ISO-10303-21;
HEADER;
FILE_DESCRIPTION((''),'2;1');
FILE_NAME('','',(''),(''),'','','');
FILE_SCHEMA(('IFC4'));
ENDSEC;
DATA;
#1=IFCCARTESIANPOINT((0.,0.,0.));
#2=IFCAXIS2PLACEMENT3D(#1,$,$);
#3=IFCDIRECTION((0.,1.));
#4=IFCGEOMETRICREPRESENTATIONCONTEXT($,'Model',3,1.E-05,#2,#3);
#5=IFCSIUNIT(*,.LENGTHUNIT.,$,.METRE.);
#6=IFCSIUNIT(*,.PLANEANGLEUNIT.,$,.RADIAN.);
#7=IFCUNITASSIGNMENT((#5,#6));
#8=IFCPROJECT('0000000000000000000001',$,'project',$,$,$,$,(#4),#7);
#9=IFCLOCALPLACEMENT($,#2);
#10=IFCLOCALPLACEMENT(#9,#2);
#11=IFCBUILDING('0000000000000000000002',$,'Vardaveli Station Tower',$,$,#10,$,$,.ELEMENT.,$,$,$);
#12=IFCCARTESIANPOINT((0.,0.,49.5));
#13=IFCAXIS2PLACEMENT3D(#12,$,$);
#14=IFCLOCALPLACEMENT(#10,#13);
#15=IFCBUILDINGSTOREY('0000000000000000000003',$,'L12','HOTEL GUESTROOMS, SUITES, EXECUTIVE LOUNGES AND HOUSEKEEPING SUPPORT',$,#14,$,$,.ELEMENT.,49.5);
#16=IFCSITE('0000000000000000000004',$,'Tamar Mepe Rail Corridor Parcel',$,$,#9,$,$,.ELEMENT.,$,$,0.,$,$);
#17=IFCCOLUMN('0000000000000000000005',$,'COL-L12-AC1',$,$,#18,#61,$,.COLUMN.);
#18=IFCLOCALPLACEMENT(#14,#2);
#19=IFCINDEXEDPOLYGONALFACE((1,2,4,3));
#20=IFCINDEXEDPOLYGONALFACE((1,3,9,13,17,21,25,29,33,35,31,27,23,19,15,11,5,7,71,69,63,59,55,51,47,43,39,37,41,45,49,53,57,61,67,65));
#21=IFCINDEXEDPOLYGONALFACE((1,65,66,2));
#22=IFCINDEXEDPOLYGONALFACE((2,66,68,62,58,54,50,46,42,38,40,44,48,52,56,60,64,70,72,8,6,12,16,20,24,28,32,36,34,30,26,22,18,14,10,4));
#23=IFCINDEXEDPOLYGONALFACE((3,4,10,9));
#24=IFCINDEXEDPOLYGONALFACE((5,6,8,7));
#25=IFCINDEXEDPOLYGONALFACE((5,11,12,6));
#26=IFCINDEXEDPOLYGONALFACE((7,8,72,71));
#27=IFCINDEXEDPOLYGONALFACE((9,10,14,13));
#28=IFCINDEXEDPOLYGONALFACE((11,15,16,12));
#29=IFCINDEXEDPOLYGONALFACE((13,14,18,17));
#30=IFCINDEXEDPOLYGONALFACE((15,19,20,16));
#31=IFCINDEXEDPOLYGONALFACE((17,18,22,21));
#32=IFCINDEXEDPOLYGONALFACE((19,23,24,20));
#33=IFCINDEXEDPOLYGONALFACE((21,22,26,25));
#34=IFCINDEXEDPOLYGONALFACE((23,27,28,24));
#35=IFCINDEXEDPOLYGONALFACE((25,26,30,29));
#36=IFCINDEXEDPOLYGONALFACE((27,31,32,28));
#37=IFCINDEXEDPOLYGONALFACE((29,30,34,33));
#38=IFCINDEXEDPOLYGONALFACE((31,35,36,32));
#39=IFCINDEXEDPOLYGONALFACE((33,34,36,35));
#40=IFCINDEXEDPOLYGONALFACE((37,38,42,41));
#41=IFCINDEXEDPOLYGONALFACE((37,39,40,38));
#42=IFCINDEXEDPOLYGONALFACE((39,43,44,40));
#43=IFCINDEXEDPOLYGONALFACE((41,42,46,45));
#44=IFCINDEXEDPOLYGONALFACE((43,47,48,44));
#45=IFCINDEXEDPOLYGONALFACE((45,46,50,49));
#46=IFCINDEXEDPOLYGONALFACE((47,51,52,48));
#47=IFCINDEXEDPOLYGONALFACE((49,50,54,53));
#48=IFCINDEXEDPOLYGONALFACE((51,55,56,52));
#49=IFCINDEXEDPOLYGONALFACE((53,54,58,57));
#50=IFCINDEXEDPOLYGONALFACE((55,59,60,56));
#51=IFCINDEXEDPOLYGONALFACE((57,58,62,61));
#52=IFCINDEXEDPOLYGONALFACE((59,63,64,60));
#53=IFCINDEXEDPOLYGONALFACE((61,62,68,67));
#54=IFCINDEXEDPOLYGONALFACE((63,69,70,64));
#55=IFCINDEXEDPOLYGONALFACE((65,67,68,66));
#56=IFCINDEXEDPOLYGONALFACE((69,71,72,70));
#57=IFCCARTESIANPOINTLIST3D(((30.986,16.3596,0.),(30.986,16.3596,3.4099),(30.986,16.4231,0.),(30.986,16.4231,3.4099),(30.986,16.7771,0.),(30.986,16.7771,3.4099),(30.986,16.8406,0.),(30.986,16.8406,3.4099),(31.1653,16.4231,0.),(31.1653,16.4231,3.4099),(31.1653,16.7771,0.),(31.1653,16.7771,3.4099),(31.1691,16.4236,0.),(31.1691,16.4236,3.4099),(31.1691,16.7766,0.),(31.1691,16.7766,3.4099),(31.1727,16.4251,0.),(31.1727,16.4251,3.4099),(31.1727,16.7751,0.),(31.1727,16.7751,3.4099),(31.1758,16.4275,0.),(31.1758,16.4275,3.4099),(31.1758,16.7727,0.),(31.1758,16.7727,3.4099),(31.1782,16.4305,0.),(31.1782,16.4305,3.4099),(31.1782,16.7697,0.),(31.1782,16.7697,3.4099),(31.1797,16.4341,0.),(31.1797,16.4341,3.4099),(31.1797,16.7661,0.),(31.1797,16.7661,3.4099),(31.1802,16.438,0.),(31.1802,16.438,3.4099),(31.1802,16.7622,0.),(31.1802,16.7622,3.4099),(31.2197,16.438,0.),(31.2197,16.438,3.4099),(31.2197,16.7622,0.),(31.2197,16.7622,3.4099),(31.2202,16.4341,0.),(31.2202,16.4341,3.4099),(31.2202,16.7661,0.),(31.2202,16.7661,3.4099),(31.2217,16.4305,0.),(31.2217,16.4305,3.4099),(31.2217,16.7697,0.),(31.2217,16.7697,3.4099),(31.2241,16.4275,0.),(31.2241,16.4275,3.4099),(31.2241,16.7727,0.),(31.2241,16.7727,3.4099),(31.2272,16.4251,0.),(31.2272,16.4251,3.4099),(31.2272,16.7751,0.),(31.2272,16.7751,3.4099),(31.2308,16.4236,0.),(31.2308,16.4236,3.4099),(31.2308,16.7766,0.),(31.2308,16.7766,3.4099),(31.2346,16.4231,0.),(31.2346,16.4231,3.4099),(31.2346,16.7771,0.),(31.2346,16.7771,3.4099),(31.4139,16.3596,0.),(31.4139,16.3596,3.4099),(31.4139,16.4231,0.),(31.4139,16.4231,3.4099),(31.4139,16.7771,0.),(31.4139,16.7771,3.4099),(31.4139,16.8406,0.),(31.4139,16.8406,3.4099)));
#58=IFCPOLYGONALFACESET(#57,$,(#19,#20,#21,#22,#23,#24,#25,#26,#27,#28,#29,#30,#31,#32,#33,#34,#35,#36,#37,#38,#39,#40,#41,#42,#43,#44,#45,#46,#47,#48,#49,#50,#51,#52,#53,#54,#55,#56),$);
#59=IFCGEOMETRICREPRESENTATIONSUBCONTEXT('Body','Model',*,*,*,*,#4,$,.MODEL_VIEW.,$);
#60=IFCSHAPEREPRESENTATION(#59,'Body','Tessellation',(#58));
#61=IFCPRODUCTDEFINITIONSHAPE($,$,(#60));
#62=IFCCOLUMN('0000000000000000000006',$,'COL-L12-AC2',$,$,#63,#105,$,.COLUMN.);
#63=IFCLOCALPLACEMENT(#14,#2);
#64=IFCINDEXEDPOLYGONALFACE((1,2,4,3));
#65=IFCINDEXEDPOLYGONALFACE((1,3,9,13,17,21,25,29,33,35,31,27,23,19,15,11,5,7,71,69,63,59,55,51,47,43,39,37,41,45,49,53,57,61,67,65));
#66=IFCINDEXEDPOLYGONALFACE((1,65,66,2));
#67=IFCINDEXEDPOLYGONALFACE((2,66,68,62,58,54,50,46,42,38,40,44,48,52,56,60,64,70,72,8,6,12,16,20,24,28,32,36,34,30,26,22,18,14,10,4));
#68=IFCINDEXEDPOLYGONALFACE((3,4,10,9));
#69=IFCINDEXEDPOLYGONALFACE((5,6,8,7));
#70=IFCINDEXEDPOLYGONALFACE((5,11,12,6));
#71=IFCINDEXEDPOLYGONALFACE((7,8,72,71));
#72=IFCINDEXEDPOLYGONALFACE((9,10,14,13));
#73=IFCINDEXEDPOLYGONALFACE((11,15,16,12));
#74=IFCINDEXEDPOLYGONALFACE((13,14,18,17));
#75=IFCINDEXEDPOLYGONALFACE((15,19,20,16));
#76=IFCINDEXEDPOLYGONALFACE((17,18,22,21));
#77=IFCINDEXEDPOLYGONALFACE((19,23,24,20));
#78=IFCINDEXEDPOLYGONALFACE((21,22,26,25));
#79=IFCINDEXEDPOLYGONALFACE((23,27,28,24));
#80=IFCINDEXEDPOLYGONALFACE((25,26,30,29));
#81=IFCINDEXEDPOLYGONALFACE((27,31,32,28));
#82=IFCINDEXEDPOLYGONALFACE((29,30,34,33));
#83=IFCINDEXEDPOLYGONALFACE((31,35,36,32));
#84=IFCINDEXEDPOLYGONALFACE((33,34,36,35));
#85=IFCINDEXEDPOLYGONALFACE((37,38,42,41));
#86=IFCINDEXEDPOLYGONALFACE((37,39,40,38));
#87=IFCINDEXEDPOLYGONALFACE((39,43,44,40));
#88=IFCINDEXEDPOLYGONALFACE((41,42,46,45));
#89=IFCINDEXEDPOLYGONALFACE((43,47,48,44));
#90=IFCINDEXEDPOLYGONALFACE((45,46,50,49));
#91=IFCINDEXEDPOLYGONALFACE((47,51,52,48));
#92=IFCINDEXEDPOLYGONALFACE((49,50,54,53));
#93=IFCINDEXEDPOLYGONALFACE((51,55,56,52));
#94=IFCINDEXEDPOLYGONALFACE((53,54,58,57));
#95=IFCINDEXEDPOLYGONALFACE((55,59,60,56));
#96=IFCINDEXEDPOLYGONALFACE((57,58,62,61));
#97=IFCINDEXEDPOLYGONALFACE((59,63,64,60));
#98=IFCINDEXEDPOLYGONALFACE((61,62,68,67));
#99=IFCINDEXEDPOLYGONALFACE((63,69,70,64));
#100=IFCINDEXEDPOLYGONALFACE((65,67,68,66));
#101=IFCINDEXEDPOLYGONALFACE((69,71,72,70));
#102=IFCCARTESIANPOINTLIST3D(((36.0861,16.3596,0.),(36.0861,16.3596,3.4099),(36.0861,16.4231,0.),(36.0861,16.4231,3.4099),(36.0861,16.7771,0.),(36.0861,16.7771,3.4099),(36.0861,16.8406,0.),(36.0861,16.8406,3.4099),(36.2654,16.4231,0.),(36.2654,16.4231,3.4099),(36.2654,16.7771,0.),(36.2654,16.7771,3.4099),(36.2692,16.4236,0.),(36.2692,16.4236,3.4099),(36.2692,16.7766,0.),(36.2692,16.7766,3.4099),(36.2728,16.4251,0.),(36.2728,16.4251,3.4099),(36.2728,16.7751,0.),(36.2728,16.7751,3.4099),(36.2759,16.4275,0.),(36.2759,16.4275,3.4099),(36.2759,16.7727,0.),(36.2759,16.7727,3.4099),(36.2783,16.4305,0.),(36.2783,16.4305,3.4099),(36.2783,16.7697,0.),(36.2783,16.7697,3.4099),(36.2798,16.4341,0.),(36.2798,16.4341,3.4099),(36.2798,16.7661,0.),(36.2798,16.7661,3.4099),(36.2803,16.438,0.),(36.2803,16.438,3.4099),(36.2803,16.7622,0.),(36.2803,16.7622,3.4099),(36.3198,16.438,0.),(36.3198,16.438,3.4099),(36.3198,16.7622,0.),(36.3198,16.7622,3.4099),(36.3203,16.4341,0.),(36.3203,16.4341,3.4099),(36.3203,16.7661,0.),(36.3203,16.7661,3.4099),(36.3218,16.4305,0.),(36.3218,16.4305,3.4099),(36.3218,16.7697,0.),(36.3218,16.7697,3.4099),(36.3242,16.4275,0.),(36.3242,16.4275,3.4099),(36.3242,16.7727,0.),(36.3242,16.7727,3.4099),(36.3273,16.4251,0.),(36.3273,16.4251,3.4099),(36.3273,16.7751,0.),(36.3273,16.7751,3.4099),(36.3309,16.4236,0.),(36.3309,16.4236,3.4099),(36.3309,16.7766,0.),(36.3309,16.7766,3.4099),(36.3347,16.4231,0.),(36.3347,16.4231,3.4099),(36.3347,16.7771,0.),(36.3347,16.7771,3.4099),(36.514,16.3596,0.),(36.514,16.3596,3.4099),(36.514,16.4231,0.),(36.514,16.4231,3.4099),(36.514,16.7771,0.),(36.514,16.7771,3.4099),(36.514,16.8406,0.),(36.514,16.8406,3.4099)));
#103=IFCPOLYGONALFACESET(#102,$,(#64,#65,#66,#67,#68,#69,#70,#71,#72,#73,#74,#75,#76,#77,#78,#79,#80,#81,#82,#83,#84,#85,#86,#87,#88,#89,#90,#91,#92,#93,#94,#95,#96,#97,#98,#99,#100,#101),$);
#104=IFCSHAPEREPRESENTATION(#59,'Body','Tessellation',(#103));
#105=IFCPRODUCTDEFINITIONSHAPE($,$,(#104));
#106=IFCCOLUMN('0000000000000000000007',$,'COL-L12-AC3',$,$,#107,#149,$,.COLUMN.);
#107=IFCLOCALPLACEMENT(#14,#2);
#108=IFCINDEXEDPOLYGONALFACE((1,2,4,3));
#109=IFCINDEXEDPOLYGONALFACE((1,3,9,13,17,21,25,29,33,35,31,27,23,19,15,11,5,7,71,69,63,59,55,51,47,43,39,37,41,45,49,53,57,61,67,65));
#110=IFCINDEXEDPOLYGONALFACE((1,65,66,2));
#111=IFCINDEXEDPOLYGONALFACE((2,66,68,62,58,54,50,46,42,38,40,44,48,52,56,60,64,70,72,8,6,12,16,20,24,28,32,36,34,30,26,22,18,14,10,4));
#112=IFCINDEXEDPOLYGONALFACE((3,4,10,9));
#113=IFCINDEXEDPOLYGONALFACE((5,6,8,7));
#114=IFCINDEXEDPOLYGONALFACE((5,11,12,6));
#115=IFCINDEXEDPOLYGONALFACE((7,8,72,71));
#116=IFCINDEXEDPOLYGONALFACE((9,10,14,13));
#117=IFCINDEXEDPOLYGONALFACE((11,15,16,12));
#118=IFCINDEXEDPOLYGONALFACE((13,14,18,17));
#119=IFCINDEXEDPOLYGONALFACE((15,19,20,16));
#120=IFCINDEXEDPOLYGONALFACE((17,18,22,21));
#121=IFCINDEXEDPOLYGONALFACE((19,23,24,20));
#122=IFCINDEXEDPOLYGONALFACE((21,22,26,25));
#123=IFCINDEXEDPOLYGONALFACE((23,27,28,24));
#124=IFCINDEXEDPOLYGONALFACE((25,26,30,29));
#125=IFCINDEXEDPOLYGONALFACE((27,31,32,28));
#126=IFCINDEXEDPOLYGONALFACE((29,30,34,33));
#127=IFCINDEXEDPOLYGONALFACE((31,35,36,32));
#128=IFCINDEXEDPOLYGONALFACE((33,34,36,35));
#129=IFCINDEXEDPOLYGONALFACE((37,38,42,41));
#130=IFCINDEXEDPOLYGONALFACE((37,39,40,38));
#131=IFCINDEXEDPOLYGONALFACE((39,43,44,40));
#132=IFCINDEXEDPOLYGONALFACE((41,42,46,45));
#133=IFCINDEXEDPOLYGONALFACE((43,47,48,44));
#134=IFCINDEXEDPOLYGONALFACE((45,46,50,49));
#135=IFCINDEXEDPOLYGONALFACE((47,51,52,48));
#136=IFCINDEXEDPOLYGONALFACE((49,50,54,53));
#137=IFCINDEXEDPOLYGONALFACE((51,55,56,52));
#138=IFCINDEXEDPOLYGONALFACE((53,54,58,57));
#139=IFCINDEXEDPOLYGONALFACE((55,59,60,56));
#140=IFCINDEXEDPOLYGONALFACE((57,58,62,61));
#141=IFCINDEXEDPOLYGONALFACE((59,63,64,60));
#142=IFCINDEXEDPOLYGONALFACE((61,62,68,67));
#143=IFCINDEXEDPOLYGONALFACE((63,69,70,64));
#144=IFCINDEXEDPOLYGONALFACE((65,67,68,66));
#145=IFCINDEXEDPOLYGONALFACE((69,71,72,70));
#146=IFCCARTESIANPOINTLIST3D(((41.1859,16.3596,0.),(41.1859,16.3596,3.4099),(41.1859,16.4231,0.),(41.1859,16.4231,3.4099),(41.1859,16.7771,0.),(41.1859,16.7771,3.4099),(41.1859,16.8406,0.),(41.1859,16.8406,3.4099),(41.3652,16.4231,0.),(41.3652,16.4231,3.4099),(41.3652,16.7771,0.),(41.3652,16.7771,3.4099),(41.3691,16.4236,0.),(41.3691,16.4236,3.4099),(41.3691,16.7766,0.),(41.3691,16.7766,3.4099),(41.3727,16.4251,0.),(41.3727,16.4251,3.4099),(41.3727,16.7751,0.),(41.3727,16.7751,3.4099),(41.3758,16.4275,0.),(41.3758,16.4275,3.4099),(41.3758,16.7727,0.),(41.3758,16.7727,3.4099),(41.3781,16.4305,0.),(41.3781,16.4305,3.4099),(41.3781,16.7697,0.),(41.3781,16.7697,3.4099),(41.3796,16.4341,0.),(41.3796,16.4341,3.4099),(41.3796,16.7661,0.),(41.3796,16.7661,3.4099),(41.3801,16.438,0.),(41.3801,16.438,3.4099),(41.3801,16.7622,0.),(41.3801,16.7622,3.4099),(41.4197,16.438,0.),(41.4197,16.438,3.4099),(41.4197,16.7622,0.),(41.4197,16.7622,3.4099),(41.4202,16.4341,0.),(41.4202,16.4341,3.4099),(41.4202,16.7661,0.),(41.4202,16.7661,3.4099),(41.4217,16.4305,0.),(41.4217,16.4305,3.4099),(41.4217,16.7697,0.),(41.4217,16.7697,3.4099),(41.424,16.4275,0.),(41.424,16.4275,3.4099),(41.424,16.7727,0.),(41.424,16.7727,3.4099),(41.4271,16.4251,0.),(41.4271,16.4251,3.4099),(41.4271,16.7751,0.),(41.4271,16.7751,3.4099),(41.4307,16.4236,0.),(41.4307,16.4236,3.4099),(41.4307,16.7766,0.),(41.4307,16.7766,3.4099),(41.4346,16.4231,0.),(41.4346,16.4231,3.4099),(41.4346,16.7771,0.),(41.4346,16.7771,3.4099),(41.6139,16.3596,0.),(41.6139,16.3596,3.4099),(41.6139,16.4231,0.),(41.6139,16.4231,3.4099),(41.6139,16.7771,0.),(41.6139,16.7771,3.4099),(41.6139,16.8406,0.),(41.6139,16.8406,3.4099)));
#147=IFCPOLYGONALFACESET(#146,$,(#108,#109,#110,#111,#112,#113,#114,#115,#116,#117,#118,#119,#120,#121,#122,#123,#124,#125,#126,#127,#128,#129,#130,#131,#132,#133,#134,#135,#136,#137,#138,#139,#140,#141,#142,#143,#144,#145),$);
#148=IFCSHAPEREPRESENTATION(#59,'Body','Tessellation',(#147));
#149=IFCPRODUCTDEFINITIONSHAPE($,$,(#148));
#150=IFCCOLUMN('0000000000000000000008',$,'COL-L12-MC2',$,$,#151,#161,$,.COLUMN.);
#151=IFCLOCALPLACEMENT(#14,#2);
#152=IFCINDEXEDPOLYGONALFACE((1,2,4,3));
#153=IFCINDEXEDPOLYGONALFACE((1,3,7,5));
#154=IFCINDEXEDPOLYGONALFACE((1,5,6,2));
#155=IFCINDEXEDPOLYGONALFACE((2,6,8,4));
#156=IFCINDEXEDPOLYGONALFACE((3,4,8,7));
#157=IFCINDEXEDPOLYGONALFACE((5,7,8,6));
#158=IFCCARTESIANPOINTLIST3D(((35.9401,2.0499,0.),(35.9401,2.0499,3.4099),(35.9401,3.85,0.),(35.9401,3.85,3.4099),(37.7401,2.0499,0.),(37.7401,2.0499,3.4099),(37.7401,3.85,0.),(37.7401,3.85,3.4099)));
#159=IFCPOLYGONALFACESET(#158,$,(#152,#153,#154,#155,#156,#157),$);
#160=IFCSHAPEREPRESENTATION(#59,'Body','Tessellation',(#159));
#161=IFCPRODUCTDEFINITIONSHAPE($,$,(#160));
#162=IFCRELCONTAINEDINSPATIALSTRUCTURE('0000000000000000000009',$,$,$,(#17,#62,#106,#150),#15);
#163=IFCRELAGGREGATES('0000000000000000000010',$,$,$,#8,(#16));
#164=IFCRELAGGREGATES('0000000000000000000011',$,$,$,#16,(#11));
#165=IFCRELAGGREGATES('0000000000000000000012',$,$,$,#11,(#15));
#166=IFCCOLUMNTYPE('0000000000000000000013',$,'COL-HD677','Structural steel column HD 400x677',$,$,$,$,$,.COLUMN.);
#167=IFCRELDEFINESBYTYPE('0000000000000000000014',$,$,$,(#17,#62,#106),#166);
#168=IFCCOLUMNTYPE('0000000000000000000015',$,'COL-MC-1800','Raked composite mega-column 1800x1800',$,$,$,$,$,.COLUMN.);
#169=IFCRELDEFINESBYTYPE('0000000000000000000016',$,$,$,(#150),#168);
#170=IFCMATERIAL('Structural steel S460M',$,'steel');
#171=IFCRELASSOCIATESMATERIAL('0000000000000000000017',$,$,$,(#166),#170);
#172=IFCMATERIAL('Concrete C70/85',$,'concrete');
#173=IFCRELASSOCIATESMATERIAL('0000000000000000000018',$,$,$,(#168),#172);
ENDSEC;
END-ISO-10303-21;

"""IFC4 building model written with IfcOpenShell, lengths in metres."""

from ifc_helpers import new_model, si_unit, direction, frame, origin, origin_2d, place, context, subcontext, project, spatial, rectangle, i_section, extrude, source, transform, mapped, material, material_profile, profile_set, type_object, element, save


model = new_model("IFC4")

# Units and contexts
model_context = context("Model", 3, precision=1e-05, world=origin(), true_north=direction((0.0, 1.0)))
body_context = subcontext(model_context, "Body", "Model", "MODEL_VIEW")
ifc_project = project(units=[si_unit("LENGTHUNIT", "METRE"), si_unit("PLANEANGLEUNIT", "RADIAN")], contexts=[model_context])

# Site, building, storey
site_placement = place(None, origin())
site = spatial("IfcSite", under=ifc_project, at=site_placement, Name="Tamar Mepe Rail Corridor Parcel", CompositionType="ELEMENT", RefElevation=0.0)
building_placement = place(site_placement, origin())
building = spatial("IfcBuilding", under=site, at=building_placement, Name="Vardaveli Station Tower", CompositionType="ELEMENT")
storey_placement = place(building_placement, frame((0.0, 0.0, 49.5)))
storey = spatial("IfcBuildingStorey", under=building, at=storey_placement, Name="L12", Description="HOTEL GUESTROOMS, SUITES, EXECUTIVE LOUNGES AND HOUSEKEEPING SUPPORT", CompositionType="ELEMENT", Elevation=49.5)

# Columns
ifc_material_1 = material(Name="Structural steel S460M", Category="steel")
ifc_material_profile_1 = material_profile(ifc_material_1, i_section(OverallWidth=0.428, OverallDepth=0.481, WebThickness=0.0396, FlangeThickness=0.0635, FilletRadius=0.0149, at=origin_2d()), Name="HD 400x677")
ifc_profile_set_1 = profile_set([ifc_material_profile_1], Name="Structural steel S460M")
column_type_1 = type_object("IfcColumnType", Name="COL-HD677", Description="Structural steel column HD 400x677", PredefinedType="COLUMN", material=ifc_profile_set_1)
shared_shape_1 = source(origin(), body_context, "Body", "SweptSolid", [
    extrude(i_section(OverallWidth=0.428, OverallDepth=0.481, WebThickness=0.0396, FlangeThickness=0.0635, FilletRadius=0.0149, at=origin_2d()), origin(), (0.0, 0.0, 1.0), 3.4099),
])
for number, where, z_axis, x_axis, name in (
    (1, (31.2, 16.6001, 0.0), (0.0, 0.0, 1.0), (1.0, 0.0, 0.0), "COL-L12-AC1"),
    (2, (36.3, 16.6001, 0.0), (0.0, 0.0, 1.0), (1.0, 0.0, 0.0), "COL-L12-AC2"),
    (3, (41.3999, 16.6001, 0.0), (0.0, 0.0, 1.0), (1.0, 0.0, 0.0), "COL-L12-AC3"),
):
    element("IfcColumn", number, at=place(storey_placement, frame(where, z_axis=z_axis, x_axis=x_axis)), inside=storey, type_object=column_type_1, Name=name, PredefinedType="COLUMN", context=body_context, shape_type="MappedRepresentation", body=[
        mapped(shared_shape_1, transform((0.0, 0.0, 0.0), scale=1.0)),
    ])
ifc_material_2 = material(Name="Concrete C70/85", Category="concrete")
ifc_material_profile_2 = material_profile(ifc_material_2, rectangle(XDim=1.8, YDim=1.8, at=origin_2d()), Name="MC 1800x1800")
ifc_profile_set_2 = profile_set([ifc_material_profile_2], Name="Concrete C70/85")
column_type_2 = type_object("IfcColumnType", Name="COL-MC-1800", Description="Raked composite mega-column 1800x1800", PredefinedType="COLUMN", material=ifc_profile_set_2)
shared_shape_2 = source(origin(), body_context, "Body", "SweptSolid", [
    extrude(rectangle(XDim=1.8, YDim=1.8, at=origin_2d()), origin(), (0.0, 0.0, 1.0), 3.4099),
])
column_placement = place(storey_placement, frame((36.8401, 2.95, 0.0), z_axis=(0.0, 0.0, 1.0), x_axis=(1.0, 0.0, 0.0)))
element("IfcColumn", 4, at=column_placement, inside=storey, type_object=column_type_2, Name="COL-L12-MC2", PredefinedType="COLUMN", context=body_context, shape_type="MappedRepresentation", body=[
    mapped(shared_shape_2, transform((0.0, 0.0, 0.0), scale=1.0)),
])

save(model, "model.ifc")
